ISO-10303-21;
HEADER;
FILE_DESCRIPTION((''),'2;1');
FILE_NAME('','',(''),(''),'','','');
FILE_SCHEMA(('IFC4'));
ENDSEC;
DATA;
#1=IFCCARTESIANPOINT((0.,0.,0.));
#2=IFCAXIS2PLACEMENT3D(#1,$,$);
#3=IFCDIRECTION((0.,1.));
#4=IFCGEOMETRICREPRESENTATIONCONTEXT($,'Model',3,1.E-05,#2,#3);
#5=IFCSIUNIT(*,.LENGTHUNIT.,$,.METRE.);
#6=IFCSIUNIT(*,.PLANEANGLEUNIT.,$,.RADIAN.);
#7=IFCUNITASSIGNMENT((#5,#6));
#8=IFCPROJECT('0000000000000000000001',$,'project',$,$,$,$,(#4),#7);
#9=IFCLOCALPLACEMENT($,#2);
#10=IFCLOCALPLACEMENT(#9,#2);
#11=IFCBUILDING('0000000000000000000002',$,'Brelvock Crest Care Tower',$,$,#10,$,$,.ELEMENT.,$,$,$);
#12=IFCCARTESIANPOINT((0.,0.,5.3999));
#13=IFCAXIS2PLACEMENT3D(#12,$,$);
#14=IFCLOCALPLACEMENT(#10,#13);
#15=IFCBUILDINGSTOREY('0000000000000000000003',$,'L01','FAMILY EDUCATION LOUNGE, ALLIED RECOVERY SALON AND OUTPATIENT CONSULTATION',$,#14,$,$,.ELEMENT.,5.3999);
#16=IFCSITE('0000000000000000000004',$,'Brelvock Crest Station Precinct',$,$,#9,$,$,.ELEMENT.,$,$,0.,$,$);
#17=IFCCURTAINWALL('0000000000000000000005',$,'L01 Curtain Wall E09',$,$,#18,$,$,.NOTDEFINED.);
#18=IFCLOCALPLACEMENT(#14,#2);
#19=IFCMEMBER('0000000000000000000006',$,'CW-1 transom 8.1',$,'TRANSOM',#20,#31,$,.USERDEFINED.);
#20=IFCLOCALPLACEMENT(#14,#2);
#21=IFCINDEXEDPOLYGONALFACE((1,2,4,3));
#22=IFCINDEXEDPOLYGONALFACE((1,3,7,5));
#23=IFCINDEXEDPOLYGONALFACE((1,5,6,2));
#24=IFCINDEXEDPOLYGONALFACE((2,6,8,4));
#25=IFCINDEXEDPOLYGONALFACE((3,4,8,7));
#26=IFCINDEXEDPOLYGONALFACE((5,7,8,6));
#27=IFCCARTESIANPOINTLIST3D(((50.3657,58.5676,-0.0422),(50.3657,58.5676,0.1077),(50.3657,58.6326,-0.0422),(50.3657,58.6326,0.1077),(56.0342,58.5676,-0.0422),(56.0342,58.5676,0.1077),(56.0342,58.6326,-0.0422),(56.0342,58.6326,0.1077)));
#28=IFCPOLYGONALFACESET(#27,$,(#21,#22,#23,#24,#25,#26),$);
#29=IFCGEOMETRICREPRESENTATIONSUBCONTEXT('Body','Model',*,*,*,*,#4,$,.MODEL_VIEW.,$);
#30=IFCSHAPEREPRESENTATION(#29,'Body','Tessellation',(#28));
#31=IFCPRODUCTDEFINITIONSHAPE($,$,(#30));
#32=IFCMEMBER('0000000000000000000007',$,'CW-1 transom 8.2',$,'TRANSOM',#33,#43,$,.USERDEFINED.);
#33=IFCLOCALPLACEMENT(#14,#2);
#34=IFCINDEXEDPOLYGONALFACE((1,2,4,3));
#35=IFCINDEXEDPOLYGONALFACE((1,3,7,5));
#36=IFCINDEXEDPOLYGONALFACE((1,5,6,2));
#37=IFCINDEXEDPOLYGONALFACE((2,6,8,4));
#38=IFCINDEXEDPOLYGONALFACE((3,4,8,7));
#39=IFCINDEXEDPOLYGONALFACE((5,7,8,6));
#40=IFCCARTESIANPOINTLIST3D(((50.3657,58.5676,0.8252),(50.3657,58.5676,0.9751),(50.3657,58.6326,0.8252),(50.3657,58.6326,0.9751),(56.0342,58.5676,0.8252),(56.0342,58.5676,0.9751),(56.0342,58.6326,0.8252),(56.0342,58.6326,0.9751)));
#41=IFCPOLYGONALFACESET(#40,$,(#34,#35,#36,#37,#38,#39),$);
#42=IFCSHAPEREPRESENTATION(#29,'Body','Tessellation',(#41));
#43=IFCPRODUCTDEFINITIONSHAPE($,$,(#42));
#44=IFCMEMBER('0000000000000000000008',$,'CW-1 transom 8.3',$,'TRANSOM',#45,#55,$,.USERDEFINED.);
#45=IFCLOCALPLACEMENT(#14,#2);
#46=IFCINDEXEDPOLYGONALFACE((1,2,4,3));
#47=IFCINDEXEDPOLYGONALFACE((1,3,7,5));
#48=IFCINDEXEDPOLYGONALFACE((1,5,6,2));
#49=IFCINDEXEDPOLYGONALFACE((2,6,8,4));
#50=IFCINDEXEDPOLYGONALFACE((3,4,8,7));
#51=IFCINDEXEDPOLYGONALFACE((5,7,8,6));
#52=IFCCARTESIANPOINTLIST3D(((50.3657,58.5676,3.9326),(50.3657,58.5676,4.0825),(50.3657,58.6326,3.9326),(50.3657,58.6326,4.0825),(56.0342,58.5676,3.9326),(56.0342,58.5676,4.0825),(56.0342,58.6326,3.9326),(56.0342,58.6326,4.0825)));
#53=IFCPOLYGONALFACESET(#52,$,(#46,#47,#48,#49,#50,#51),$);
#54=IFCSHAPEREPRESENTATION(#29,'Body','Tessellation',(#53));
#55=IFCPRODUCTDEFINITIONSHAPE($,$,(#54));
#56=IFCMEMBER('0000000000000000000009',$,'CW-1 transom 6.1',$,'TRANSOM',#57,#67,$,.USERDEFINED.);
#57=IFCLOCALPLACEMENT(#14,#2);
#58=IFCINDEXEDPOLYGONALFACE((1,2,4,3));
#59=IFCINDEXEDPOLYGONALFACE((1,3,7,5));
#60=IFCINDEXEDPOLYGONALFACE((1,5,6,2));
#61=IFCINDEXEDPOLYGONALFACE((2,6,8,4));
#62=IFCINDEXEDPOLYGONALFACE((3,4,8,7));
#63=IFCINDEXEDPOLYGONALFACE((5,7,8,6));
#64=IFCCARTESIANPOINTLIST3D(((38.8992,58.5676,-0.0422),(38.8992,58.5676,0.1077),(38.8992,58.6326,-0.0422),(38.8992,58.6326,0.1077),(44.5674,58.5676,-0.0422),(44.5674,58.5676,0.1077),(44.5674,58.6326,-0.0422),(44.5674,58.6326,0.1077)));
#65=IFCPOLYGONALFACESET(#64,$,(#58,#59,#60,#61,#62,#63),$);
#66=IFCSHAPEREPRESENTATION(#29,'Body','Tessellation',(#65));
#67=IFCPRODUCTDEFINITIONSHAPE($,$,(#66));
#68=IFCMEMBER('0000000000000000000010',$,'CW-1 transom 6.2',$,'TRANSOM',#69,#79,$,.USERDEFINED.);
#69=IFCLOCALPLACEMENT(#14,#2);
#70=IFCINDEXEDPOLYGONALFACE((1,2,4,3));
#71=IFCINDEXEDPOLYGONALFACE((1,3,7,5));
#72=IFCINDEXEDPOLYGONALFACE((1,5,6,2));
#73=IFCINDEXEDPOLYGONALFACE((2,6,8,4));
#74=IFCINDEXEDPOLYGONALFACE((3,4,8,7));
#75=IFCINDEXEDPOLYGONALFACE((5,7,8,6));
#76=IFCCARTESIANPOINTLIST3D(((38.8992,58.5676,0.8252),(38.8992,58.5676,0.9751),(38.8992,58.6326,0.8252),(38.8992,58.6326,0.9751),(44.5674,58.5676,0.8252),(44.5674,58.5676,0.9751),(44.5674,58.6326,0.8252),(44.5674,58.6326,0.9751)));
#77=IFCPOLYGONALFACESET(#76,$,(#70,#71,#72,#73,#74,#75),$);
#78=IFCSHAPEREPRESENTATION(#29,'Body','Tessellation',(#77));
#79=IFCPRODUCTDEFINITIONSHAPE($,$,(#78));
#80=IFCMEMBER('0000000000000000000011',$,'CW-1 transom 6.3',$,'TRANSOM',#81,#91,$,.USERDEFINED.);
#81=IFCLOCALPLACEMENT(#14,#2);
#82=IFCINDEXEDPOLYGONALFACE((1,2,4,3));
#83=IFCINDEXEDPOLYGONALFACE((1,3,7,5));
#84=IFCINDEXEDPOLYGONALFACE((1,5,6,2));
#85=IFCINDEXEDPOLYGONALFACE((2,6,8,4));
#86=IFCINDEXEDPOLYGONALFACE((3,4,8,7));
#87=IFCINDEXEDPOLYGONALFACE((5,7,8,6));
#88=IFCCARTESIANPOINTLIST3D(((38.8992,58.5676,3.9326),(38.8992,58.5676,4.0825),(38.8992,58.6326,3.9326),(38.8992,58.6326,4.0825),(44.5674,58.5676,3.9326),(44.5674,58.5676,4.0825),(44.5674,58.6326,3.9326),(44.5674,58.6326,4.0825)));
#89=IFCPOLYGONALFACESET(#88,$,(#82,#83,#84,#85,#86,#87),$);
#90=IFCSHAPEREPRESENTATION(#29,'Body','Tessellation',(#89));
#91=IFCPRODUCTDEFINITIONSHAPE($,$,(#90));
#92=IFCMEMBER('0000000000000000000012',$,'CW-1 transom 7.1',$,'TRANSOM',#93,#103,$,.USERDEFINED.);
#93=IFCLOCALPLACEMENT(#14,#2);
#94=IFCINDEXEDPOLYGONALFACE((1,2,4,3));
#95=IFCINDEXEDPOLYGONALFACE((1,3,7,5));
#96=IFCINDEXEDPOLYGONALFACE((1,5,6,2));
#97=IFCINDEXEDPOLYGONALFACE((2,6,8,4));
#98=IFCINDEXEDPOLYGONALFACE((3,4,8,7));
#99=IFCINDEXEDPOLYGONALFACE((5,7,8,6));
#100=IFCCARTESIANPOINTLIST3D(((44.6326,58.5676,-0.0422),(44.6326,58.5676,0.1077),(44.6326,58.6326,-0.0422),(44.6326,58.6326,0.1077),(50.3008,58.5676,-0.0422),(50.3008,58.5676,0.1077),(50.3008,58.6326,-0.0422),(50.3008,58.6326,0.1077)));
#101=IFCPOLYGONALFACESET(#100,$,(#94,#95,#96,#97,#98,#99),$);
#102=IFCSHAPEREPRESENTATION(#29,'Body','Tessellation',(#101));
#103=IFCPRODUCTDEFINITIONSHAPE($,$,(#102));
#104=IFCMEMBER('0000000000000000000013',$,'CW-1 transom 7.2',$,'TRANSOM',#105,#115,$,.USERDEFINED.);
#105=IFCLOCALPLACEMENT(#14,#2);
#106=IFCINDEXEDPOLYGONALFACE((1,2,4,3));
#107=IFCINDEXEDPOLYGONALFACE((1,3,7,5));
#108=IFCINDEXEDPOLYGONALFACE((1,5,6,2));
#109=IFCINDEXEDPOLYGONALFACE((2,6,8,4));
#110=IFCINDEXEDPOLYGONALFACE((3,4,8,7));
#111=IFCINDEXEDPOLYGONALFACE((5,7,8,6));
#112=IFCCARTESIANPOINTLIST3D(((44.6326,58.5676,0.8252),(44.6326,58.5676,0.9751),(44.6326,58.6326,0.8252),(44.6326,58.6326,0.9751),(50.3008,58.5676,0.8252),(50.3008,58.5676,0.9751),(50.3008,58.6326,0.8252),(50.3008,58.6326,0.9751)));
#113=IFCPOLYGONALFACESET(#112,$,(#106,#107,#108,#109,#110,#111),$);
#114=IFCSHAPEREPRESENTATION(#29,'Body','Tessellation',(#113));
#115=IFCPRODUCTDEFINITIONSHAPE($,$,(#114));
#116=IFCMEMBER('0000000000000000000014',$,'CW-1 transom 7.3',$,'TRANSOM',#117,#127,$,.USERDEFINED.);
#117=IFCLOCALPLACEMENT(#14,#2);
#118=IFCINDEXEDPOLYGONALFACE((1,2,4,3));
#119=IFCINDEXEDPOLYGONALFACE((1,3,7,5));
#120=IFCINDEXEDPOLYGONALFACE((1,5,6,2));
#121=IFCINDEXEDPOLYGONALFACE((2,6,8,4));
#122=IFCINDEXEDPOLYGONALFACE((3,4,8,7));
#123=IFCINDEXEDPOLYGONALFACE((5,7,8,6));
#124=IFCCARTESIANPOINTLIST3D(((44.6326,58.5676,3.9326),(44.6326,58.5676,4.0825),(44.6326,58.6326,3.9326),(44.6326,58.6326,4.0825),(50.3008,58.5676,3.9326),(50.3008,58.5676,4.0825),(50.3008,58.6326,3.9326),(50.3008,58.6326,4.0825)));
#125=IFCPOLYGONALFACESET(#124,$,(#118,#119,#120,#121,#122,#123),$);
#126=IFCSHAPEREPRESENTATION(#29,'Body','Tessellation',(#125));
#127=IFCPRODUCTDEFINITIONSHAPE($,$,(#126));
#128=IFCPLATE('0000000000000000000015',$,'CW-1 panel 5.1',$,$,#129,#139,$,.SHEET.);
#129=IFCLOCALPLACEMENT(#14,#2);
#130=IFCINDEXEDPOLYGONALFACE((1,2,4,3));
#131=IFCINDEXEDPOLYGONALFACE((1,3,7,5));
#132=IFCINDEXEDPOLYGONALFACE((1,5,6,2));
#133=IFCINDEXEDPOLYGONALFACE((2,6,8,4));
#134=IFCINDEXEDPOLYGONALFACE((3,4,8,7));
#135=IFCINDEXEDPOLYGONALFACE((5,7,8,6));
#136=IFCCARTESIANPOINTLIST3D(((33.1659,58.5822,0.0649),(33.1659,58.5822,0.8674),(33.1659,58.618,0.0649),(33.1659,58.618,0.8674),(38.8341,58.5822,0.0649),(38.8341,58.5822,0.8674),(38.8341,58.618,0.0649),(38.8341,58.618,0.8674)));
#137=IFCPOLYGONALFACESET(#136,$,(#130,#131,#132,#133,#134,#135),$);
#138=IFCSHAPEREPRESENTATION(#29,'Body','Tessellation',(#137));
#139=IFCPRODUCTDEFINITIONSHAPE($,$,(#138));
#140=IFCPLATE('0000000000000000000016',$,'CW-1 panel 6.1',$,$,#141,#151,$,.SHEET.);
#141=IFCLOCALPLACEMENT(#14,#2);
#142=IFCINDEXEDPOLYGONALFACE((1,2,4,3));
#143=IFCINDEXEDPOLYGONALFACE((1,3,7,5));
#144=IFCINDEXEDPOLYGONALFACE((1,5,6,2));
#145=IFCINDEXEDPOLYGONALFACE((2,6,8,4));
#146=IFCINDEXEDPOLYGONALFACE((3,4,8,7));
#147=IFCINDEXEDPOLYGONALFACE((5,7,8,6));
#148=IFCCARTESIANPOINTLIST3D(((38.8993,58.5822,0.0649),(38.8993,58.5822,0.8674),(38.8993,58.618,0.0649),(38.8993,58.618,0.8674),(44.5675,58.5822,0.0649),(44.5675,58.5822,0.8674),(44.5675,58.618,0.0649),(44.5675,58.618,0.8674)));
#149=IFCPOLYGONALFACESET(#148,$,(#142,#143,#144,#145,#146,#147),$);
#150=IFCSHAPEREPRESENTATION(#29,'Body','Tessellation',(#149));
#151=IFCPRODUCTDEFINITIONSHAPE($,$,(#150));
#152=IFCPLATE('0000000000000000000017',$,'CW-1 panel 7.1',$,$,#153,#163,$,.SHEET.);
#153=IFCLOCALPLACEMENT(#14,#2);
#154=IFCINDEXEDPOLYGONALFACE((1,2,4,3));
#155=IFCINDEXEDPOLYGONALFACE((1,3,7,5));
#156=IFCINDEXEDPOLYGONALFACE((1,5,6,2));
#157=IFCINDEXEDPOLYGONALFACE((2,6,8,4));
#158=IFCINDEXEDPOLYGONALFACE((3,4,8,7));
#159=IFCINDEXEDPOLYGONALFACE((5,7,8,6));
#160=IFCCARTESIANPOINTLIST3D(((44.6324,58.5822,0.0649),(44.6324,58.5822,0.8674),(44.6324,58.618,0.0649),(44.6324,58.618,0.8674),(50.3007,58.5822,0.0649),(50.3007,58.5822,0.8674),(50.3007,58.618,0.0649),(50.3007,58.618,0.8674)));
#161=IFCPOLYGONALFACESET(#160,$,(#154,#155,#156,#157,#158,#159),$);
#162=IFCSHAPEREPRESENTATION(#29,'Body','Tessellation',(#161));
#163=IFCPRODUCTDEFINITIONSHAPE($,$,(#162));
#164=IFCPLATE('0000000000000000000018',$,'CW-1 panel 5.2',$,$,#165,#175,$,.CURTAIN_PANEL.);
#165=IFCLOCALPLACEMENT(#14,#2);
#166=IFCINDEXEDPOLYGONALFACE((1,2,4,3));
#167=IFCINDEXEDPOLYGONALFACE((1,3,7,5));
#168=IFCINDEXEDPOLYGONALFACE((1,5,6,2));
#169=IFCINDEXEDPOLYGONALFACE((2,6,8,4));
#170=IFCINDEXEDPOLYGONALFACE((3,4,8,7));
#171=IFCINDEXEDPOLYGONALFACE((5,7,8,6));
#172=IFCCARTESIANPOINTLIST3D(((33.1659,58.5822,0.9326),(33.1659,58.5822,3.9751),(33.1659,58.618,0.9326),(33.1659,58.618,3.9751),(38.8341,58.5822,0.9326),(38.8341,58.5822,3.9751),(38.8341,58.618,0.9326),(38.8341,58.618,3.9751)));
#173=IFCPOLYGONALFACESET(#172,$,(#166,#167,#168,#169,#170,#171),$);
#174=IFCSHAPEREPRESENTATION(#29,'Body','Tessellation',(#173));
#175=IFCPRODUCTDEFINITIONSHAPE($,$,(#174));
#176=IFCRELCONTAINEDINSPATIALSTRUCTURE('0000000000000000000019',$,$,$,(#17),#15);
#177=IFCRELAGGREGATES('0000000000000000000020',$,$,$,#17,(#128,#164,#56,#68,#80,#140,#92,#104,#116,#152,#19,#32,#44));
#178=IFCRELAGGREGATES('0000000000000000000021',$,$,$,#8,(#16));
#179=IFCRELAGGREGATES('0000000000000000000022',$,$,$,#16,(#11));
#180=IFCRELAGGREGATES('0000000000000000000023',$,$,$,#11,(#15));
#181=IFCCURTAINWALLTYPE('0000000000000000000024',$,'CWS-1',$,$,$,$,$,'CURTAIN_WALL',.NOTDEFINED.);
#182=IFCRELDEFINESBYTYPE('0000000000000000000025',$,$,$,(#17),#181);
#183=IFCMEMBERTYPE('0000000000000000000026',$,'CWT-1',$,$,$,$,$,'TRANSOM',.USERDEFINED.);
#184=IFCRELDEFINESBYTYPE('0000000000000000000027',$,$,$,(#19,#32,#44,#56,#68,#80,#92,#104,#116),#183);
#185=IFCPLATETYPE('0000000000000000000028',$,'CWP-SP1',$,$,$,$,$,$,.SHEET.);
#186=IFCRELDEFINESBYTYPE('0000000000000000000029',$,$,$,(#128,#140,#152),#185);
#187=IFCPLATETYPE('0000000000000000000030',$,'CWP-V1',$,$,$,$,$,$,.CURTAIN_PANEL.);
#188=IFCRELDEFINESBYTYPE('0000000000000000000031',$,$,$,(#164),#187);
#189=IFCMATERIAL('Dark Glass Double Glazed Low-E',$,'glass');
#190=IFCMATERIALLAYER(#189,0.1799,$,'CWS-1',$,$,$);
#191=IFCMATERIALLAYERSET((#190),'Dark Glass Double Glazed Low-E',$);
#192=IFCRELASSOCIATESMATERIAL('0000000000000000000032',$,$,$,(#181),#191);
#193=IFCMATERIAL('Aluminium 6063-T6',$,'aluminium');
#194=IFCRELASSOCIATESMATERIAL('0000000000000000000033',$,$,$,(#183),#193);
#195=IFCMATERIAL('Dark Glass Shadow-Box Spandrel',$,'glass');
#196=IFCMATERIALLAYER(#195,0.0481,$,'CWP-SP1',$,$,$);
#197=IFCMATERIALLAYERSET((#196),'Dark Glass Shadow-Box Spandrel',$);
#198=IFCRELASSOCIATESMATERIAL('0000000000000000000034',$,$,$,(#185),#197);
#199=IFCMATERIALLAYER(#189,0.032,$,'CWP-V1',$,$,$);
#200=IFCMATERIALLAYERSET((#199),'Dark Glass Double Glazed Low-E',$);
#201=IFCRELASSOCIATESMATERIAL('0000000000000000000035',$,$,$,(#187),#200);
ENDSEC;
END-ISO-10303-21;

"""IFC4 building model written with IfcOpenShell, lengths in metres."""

from ifc_helpers import new_model, si_unit, direction, frame, origin, origin_2d, place, context, subcontext, project, spatial, rectangle, extrude, source, transform, mapped, material, layer, layer_set, material_profile, profile_set, type_object, element, aggregate, save


model = new_model("IFC4")

# Units and contexts
model_context = context("Model", 3, precision=1e-05, world=origin(), true_north=direction((0.0, 1.0)))
body_context = subcontext(model_context, "Body", "Model", "MODEL_VIEW")
ifc_project = project(units=[si_unit("LENGTHUNIT", "METRE"), si_unit("PLANEANGLEUNIT", "RADIAN")], contexts=[model_context])

# Site, building, storey
site_placement = place(None, origin())
site = spatial("IfcSite", under=ifc_project, at=site_placement, Name="Brelvock Crest Station Precinct", CompositionType="ELEMENT", RefElevation=0.0)
building_placement = place(site_placement, origin())
building = spatial("IfcBuilding", under=site, at=building_placement, Name="Brelvock Crest Care Tower", CompositionType="ELEMENT")
storey_placement = place(building_placement, frame((0.0, 0.0, 5.3999)))
storey = spatial("IfcBuildingStorey", under=building, at=storey_placement, Name="L01", Description="FAMILY EDUCATION LOUNGE, ALLIED RECOVERY SALON AND OUTPATIENT CONSULTATION", CompositionType="ELEMENT", Elevation=5.3999)

# Curtain wall, members, plates
ifc_material_1 = material(Name="Dark Glass Double Glazed Low-E", Category="glass")
ifc_layer_1 = layer(ifc_material_1, 0.1799, Name="CWS-1")
ifc_layer_set_1 = layer_set([ifc_layer_1], Name="Dark Glass Double Glazed Low-E")
curtain_wall_type = type_object("IfcCurtainWallType", Name="CWS-1", ElementType="CURTAIN_WALL", PredefinedType="NOTDEFINED", material=ifc_layer_set_1)
curtain_wall_placement = place(storey_placement, origin())
curtain_wall = element("IfcCurtainWall", 1, at=curtain_wall_placement, inside=storey, type_object=curtain_wall_type, Name="L01 Curtain Wall E09", PredefinedType="NOTDEFINED")
ifc_material_2 = material(Name="Aluminium 6063-T6", Category="aluminium")
ifc_material_profile_1 = material_profile(ifc_material_2, rectangle(XDim=0.0649, YDim=0.1499, at=origin_2d()), Name="ALU65x150")
ifc_profile_set_1 = profile_set([ifc_material_profile_1], Name="Aluminium 6063-T6")
member_type_1 = type_object("IfcMemberType", Name="CWT-1", ElementType="TRANSOM", PredefinedType="USERDEFINED", material=ifc_profile_set_1)
shared_shape_1 = source(origin(), body_context, "Body", "SweptSolid", [
    extrude(rectangle(XDim=0.0649, YDim=0.1499, at=origin_2d()), origin(), (0.0, 0.0, 1.0), 5.6685),
])
member_1_placement = place(storey_placement, frame((50.3657, 58.6001, 0.0327), z_axis=(1.0, 0.0, 0.0), x_axis=(0.0, 1.0, 0.0)))
member_1 = element("IfcMember", 2, at=member_1_placement, type_object=member_type_1, Name="CW-1 transom 8.1", ObjectType="TRANSOM", PredefinedType="USERDEFINED", context=body_context, shape_type="MappedRepresentation", body=[
    mapped(shared_shape_1, transform((0.0, 0.0, 0.0), x_axis=(1.0, 0.0, 0.0), y_axis=(0.0, 1.0, 0.0), z_axis=(0.0, 0.0, 1.0), scale=1.0)),
])
member_2_placement = place(storey_placement, frame((50.3657, 58.6001, 0.9001), z_axis=(1.0, 0.0, 0.0), x_axis=(0.0, 1.0, 0.0)))
member_2 = element("IfcMember", 3, at=member_2_placement, type_object=member_type_1, Name="CW-1 transom 8.2", ObjectType="TRANSOM", PredefinedType="USERDEFINED", context=body_context, shape_type="MappedRepresentation", body=[
    mapped(shared_shape_1, transform((0.0, 0.0, 0.0), x_axis=(1.0, 0.0, 0.0), y_axis=(0.0, 1.0, 0.0), z_axis=(0.0, 0.0, 1.0), scale=1.0)),
])
member_3_placement = place(storey_placement, frame((50.3657, 58.6001, 4.0076), z_axis=(1.0, 0.0, 0.0), x_axis=(0.0, 1.0, 0.0)))
member_3 = element("IfcMember", 4, at=member_3_placement, type_object=member_type_1, Name="CW-1 transom 8.3", ObjectType="TRANSOM", PredefinedType="USERDEFINED", context=body_context, shape_type="MappedRepresentation", body=[
    mapped(shared_shape_1, transform((0.0, 0.0, 0.0), x_axis=(1.0, 0.0, 0.0), y_axis=(0.0, 1.0, 0.0), z_axis=(0.0, 0.0, 1.0), scale=1.0)),
])
shared_shape_2 = source(origin(), body_context, "Body", "SweptSolid", [
    extrude(rectangle(XDim=0.0649, YDim=0.1499, at=origin_2d()), origin(), (0.0, 0.0, 1.0), 5.6682),
])
member_4_placement = place(storey_placement, frame((38.8992, 58.6001, 0.0327), z_axis=(1.0, 0.0, 0.0), x_axis=(0.0, 1.0, 0.0)))
member_4 = element("IfcMember", 5, at=member_4_placement, type_object=member_type_1, Name="CW-1 transom 6.1", ObjectType="TRANSOM", PredefinedType="USERDEFINED", context=body_context, shape_type="MappedRepresentation", body=[
    mapped(shared_shape_2, transform((0.0, 0.0, 0.0), x_axis=(1.0, 0.0, 0.0), y_axis=(0.0, 1.0, 0.0), z_axis=(0.0, 0.0, 1.0), scale=1.0)),
])
member_5_placement = place(storey_placement, frame((38.8992, 58.6001, 0.9001), z_axis=(1.0, 0.0, 0.0), x_axis=(0.0, 1.0, 0.0)))
member_5 = element("IfcMember", 6, at=member_5_placement, type_object=member_type_1, Name="CW-1 transom 6.2", ObjectType="TRANSOM", PredefinedType="USERDEFINED", context=body_context, shape_type="MappedRepresentation", body=[
    mapped(shared_shape_2, transform((0.0, 0.0, 0.0), x_axis=(1.0, 0.0, 0.0), y_axis=(0.0, 1.0, 0.0), z_axis=(0.0, 0.0, 1.0), scale=1.0)),
])
member_6_placement = place(storey_placement, frame((38.8992, 58.6001, 4.0076), z_axis=(1.0, 0.0, 0.0), x_axis=(0.0, 1.0, 0.0)))
member_6 = element("IfcMember", 7, at=member_6_placement, type_object=member_type_1, Name="CW-1 transom 6.3", ObjectType="TRANSOM", PredefinedType="USERDEFINED", context=body_context, shape_type="MappedRepresentation", body=[
    mapped(shared_shape_2, transform((0.0, 0.0, 0.0), x_axis=(1.0, 0.0, 0.0), y_axis=(0.0, 1.0, 0.0), z_axis=(0.0, 0.0, 1.0), scale=1.0)),
])
member_7_placement = place(storey_placement, frame((44.6326, 58.6001, 0.0327), z_axis=(1.0, 0.0, 0.0), x_axis=(0.0, 1.0, 0.0)))
member_7 = element("IfcMember", 8, at=member_7_placement, type_object=member_type_1, Name="CW-1 transom 7.1", ObjectType="TRANSOM", PredefinedType="USERDEFINED", context=body_context, shape_type="MappedRepresentation", body=[
    mapped(shared_shape_2, transform((0.0, 0.0, 0.0), x_axis=(1.0, 0.0, 0.0), y_axis=(0.0, 1.0, 0.0), z_axis=(0.0, 0.0, 1.0), scale=1.0)),
])
member_8_placement = place(storey_placement, frame((44.6326, 58.6001, 0.9001), z_axis=(1.0, 0.0, 0.0), x_axis=(0.0, 1.0, 0.0)))
member_8 = element("IfcMember", 9, at=member_8_placement, type_object=member_type_1, Name="CW-1 transom 7.2", ObjectType="TRANSOM", PredefinedType="USERDEFINED", context=body_context, shape_type="MappedRepresentation", body=[
    mapped(shared_shape_2, transform((0.0, 0.0, 0.0), x_axis=(1.0, 0.0, 0.0), y_axis=(0.0, 1.0, 0.0), z_axis=(0.0, 0.0, 1.0), scale=1.0)),
])
member_9_placement = place(storey_placement, frame((44.6326, 58.6001, 4.0076), z_axis=(1.0, 0.0, 0.0), x_axis=(0.0, 1.0, 0.0)))
member_9 = element("IfcMember", 10, at=member_9_placement, type_object=member_type_1, Name="CW-1 transom 7.3", ObjectType="TRANSOM", PredefinedType="USERDEFINED", context=body_context, shape_type="MappedRepresentation", body=[
    mapped(shared_shape_2, transform((0.0, 0.0, 0.0), x_axis=(1.0, 0.0, 0.0), y_axis=(0.0, 1.0, 0.0), z_axis=(0.0, 0.0, 1.0), scale=1.0)),
])
ifc_material_3 = material(Name="Dark Glass Shadow-Box Spandrel", Category="glass")
ifc_layer_2 = layer(ifc_material_3, 0.0481, Name="CWP-SP1")
ifc_layer_set_2 = layer_set([ifc_layer_2], Name="Dark Glass Shadow-Box Spandrel")
plate_type_1 = type_object("IfcPlateType", Name="CWP-SP1", PredefinedType="SHEET", material=ifc_layer_set_2)
shared_shape_3 = source(origin(), body_context, "Body", "SweptSolid", [
    extrude(rectangle(XDim=5.6682, YDim=0.0359, at=origin_2d()), origin(), (0.0, 0.0, 1.0), 0.8025),
])
plate_1_placement = place(storey_placement, frame((36.0, 58.6001, 0.0649), z_axis=(0.0, 0.0, 1.0), x_axis=(1.0, 0.0, 0.0)))
plate_1 = element("IfcPlate", 11, at=plate_1_placement, type_object=plate_type_1, Name="CW-1 panel 5.1", PredefinedType="SHEET", context=body_context, shape_type="MappedRepresentation", body=[
    mapped(shared_shape_3, transform((0.0, 0.0, 0.0), x_axis=(1.0, 0.0, 0.0), y_axis=(0.0, 1.0, 0.0), z_axis=(0.0, 0.0, 1.0), scale=1.0)),
])
plate_2_placement = place(storey_placement, frame((41.7334, 58.6001, 0.0649), z_axis=(0.0, 0.0, 1.0), x_axis=(1.0, 0.0, 0.0)))
plate_2 = element("IfcPlate", 12, at=plate_2_placement, type_object=plate_type_1, Name="CW-1 panel 6.1", PredefinedType="SHEET", context=body_context, shape_type="MappedRepresentation", body=[
    mapped(shared_shape_3, transform((0.0, 0.0, 0.0), x_axis=(1.0, 0.0, 0.0), y_axis=(0.0, 1.0, 0.0), z_axis=(0.0, 0.0, 1.0), scale=1.0)),
])
plate_3_placement = place(storey_placement, frame((47.4666, 58.6001, 0.0649), z_axis=(0.0, 0.0, 1.0), x_axis=(1.0, 0.0, 0.0)))
plate_3 = element("IfcPlate", 13, at=plate_3_placement, type_object=plate_type_1, Name="CW-1 panel 7.1", PredefinedType="SHEET", context=body_context, shape_type="MappedRepresentation", body=[
    mapped(shared_shape_3, transform((0.0, 0.0, 0.0), x_axis=(1.0, 0.0, 0.0), y_axis=(0.0, 1.0, 0.0), z_axis=(0.0, 0.0, 1.0), scale=1.0)),
])
ifc_layer_3 = layer(ifc_material_1, 0.032, Name="CWP-V1")
ifc_layer_set_3 = layer_set([ifc_layer_3], Name="Dark Glass Double Glazed Low-E")
plate_type_2 = type_object("IfcPlateType", Name="CWP-V1", PredefinedType="CURTAIN_PANEL", material=ifc_layer_set_3)
shared_shape_4 = source(origin(), body_context, "Body", "SweptSolid", [
    extrude(rectangle(XDim=5.6682, YDim=0.0359, at=origin_2d()), origin(), (0.0, 0.0, 1.0), 3.0425),
])
plate_4_placement = place(storey_placement, frame((36.0, 58.6001, 0.9326), z_axis=(0.0, 0.0, 1.0), x_axis=(1.0, 0.0, 0.0)))
plate_4 = element("IfcPlate", 14, at=plate_4_placement, type_object=plate_type_2, Name="CW-1 panel 5.2", PredefinedType="CURTAIN_PANEL", context=body_context, shape_type="MappedRepresentation", body=[
    mapped(shared_shape_4, transform((0.0, 0.0, 0.0), x_axis=(1.0, 0.0, 0.0), y_axis=(0.0, 1.0, 0.0), z_axis=(0.0, 0.0, 1.0), scale=1.0)),
])
aggregate(curtain_wall, [plate_1, plate_4, member_4, member_5, member_6, plate_2, member_7, member_8, member_9, plate_3, member_1, member_2, member_3])

save(model, "model.ifc")
